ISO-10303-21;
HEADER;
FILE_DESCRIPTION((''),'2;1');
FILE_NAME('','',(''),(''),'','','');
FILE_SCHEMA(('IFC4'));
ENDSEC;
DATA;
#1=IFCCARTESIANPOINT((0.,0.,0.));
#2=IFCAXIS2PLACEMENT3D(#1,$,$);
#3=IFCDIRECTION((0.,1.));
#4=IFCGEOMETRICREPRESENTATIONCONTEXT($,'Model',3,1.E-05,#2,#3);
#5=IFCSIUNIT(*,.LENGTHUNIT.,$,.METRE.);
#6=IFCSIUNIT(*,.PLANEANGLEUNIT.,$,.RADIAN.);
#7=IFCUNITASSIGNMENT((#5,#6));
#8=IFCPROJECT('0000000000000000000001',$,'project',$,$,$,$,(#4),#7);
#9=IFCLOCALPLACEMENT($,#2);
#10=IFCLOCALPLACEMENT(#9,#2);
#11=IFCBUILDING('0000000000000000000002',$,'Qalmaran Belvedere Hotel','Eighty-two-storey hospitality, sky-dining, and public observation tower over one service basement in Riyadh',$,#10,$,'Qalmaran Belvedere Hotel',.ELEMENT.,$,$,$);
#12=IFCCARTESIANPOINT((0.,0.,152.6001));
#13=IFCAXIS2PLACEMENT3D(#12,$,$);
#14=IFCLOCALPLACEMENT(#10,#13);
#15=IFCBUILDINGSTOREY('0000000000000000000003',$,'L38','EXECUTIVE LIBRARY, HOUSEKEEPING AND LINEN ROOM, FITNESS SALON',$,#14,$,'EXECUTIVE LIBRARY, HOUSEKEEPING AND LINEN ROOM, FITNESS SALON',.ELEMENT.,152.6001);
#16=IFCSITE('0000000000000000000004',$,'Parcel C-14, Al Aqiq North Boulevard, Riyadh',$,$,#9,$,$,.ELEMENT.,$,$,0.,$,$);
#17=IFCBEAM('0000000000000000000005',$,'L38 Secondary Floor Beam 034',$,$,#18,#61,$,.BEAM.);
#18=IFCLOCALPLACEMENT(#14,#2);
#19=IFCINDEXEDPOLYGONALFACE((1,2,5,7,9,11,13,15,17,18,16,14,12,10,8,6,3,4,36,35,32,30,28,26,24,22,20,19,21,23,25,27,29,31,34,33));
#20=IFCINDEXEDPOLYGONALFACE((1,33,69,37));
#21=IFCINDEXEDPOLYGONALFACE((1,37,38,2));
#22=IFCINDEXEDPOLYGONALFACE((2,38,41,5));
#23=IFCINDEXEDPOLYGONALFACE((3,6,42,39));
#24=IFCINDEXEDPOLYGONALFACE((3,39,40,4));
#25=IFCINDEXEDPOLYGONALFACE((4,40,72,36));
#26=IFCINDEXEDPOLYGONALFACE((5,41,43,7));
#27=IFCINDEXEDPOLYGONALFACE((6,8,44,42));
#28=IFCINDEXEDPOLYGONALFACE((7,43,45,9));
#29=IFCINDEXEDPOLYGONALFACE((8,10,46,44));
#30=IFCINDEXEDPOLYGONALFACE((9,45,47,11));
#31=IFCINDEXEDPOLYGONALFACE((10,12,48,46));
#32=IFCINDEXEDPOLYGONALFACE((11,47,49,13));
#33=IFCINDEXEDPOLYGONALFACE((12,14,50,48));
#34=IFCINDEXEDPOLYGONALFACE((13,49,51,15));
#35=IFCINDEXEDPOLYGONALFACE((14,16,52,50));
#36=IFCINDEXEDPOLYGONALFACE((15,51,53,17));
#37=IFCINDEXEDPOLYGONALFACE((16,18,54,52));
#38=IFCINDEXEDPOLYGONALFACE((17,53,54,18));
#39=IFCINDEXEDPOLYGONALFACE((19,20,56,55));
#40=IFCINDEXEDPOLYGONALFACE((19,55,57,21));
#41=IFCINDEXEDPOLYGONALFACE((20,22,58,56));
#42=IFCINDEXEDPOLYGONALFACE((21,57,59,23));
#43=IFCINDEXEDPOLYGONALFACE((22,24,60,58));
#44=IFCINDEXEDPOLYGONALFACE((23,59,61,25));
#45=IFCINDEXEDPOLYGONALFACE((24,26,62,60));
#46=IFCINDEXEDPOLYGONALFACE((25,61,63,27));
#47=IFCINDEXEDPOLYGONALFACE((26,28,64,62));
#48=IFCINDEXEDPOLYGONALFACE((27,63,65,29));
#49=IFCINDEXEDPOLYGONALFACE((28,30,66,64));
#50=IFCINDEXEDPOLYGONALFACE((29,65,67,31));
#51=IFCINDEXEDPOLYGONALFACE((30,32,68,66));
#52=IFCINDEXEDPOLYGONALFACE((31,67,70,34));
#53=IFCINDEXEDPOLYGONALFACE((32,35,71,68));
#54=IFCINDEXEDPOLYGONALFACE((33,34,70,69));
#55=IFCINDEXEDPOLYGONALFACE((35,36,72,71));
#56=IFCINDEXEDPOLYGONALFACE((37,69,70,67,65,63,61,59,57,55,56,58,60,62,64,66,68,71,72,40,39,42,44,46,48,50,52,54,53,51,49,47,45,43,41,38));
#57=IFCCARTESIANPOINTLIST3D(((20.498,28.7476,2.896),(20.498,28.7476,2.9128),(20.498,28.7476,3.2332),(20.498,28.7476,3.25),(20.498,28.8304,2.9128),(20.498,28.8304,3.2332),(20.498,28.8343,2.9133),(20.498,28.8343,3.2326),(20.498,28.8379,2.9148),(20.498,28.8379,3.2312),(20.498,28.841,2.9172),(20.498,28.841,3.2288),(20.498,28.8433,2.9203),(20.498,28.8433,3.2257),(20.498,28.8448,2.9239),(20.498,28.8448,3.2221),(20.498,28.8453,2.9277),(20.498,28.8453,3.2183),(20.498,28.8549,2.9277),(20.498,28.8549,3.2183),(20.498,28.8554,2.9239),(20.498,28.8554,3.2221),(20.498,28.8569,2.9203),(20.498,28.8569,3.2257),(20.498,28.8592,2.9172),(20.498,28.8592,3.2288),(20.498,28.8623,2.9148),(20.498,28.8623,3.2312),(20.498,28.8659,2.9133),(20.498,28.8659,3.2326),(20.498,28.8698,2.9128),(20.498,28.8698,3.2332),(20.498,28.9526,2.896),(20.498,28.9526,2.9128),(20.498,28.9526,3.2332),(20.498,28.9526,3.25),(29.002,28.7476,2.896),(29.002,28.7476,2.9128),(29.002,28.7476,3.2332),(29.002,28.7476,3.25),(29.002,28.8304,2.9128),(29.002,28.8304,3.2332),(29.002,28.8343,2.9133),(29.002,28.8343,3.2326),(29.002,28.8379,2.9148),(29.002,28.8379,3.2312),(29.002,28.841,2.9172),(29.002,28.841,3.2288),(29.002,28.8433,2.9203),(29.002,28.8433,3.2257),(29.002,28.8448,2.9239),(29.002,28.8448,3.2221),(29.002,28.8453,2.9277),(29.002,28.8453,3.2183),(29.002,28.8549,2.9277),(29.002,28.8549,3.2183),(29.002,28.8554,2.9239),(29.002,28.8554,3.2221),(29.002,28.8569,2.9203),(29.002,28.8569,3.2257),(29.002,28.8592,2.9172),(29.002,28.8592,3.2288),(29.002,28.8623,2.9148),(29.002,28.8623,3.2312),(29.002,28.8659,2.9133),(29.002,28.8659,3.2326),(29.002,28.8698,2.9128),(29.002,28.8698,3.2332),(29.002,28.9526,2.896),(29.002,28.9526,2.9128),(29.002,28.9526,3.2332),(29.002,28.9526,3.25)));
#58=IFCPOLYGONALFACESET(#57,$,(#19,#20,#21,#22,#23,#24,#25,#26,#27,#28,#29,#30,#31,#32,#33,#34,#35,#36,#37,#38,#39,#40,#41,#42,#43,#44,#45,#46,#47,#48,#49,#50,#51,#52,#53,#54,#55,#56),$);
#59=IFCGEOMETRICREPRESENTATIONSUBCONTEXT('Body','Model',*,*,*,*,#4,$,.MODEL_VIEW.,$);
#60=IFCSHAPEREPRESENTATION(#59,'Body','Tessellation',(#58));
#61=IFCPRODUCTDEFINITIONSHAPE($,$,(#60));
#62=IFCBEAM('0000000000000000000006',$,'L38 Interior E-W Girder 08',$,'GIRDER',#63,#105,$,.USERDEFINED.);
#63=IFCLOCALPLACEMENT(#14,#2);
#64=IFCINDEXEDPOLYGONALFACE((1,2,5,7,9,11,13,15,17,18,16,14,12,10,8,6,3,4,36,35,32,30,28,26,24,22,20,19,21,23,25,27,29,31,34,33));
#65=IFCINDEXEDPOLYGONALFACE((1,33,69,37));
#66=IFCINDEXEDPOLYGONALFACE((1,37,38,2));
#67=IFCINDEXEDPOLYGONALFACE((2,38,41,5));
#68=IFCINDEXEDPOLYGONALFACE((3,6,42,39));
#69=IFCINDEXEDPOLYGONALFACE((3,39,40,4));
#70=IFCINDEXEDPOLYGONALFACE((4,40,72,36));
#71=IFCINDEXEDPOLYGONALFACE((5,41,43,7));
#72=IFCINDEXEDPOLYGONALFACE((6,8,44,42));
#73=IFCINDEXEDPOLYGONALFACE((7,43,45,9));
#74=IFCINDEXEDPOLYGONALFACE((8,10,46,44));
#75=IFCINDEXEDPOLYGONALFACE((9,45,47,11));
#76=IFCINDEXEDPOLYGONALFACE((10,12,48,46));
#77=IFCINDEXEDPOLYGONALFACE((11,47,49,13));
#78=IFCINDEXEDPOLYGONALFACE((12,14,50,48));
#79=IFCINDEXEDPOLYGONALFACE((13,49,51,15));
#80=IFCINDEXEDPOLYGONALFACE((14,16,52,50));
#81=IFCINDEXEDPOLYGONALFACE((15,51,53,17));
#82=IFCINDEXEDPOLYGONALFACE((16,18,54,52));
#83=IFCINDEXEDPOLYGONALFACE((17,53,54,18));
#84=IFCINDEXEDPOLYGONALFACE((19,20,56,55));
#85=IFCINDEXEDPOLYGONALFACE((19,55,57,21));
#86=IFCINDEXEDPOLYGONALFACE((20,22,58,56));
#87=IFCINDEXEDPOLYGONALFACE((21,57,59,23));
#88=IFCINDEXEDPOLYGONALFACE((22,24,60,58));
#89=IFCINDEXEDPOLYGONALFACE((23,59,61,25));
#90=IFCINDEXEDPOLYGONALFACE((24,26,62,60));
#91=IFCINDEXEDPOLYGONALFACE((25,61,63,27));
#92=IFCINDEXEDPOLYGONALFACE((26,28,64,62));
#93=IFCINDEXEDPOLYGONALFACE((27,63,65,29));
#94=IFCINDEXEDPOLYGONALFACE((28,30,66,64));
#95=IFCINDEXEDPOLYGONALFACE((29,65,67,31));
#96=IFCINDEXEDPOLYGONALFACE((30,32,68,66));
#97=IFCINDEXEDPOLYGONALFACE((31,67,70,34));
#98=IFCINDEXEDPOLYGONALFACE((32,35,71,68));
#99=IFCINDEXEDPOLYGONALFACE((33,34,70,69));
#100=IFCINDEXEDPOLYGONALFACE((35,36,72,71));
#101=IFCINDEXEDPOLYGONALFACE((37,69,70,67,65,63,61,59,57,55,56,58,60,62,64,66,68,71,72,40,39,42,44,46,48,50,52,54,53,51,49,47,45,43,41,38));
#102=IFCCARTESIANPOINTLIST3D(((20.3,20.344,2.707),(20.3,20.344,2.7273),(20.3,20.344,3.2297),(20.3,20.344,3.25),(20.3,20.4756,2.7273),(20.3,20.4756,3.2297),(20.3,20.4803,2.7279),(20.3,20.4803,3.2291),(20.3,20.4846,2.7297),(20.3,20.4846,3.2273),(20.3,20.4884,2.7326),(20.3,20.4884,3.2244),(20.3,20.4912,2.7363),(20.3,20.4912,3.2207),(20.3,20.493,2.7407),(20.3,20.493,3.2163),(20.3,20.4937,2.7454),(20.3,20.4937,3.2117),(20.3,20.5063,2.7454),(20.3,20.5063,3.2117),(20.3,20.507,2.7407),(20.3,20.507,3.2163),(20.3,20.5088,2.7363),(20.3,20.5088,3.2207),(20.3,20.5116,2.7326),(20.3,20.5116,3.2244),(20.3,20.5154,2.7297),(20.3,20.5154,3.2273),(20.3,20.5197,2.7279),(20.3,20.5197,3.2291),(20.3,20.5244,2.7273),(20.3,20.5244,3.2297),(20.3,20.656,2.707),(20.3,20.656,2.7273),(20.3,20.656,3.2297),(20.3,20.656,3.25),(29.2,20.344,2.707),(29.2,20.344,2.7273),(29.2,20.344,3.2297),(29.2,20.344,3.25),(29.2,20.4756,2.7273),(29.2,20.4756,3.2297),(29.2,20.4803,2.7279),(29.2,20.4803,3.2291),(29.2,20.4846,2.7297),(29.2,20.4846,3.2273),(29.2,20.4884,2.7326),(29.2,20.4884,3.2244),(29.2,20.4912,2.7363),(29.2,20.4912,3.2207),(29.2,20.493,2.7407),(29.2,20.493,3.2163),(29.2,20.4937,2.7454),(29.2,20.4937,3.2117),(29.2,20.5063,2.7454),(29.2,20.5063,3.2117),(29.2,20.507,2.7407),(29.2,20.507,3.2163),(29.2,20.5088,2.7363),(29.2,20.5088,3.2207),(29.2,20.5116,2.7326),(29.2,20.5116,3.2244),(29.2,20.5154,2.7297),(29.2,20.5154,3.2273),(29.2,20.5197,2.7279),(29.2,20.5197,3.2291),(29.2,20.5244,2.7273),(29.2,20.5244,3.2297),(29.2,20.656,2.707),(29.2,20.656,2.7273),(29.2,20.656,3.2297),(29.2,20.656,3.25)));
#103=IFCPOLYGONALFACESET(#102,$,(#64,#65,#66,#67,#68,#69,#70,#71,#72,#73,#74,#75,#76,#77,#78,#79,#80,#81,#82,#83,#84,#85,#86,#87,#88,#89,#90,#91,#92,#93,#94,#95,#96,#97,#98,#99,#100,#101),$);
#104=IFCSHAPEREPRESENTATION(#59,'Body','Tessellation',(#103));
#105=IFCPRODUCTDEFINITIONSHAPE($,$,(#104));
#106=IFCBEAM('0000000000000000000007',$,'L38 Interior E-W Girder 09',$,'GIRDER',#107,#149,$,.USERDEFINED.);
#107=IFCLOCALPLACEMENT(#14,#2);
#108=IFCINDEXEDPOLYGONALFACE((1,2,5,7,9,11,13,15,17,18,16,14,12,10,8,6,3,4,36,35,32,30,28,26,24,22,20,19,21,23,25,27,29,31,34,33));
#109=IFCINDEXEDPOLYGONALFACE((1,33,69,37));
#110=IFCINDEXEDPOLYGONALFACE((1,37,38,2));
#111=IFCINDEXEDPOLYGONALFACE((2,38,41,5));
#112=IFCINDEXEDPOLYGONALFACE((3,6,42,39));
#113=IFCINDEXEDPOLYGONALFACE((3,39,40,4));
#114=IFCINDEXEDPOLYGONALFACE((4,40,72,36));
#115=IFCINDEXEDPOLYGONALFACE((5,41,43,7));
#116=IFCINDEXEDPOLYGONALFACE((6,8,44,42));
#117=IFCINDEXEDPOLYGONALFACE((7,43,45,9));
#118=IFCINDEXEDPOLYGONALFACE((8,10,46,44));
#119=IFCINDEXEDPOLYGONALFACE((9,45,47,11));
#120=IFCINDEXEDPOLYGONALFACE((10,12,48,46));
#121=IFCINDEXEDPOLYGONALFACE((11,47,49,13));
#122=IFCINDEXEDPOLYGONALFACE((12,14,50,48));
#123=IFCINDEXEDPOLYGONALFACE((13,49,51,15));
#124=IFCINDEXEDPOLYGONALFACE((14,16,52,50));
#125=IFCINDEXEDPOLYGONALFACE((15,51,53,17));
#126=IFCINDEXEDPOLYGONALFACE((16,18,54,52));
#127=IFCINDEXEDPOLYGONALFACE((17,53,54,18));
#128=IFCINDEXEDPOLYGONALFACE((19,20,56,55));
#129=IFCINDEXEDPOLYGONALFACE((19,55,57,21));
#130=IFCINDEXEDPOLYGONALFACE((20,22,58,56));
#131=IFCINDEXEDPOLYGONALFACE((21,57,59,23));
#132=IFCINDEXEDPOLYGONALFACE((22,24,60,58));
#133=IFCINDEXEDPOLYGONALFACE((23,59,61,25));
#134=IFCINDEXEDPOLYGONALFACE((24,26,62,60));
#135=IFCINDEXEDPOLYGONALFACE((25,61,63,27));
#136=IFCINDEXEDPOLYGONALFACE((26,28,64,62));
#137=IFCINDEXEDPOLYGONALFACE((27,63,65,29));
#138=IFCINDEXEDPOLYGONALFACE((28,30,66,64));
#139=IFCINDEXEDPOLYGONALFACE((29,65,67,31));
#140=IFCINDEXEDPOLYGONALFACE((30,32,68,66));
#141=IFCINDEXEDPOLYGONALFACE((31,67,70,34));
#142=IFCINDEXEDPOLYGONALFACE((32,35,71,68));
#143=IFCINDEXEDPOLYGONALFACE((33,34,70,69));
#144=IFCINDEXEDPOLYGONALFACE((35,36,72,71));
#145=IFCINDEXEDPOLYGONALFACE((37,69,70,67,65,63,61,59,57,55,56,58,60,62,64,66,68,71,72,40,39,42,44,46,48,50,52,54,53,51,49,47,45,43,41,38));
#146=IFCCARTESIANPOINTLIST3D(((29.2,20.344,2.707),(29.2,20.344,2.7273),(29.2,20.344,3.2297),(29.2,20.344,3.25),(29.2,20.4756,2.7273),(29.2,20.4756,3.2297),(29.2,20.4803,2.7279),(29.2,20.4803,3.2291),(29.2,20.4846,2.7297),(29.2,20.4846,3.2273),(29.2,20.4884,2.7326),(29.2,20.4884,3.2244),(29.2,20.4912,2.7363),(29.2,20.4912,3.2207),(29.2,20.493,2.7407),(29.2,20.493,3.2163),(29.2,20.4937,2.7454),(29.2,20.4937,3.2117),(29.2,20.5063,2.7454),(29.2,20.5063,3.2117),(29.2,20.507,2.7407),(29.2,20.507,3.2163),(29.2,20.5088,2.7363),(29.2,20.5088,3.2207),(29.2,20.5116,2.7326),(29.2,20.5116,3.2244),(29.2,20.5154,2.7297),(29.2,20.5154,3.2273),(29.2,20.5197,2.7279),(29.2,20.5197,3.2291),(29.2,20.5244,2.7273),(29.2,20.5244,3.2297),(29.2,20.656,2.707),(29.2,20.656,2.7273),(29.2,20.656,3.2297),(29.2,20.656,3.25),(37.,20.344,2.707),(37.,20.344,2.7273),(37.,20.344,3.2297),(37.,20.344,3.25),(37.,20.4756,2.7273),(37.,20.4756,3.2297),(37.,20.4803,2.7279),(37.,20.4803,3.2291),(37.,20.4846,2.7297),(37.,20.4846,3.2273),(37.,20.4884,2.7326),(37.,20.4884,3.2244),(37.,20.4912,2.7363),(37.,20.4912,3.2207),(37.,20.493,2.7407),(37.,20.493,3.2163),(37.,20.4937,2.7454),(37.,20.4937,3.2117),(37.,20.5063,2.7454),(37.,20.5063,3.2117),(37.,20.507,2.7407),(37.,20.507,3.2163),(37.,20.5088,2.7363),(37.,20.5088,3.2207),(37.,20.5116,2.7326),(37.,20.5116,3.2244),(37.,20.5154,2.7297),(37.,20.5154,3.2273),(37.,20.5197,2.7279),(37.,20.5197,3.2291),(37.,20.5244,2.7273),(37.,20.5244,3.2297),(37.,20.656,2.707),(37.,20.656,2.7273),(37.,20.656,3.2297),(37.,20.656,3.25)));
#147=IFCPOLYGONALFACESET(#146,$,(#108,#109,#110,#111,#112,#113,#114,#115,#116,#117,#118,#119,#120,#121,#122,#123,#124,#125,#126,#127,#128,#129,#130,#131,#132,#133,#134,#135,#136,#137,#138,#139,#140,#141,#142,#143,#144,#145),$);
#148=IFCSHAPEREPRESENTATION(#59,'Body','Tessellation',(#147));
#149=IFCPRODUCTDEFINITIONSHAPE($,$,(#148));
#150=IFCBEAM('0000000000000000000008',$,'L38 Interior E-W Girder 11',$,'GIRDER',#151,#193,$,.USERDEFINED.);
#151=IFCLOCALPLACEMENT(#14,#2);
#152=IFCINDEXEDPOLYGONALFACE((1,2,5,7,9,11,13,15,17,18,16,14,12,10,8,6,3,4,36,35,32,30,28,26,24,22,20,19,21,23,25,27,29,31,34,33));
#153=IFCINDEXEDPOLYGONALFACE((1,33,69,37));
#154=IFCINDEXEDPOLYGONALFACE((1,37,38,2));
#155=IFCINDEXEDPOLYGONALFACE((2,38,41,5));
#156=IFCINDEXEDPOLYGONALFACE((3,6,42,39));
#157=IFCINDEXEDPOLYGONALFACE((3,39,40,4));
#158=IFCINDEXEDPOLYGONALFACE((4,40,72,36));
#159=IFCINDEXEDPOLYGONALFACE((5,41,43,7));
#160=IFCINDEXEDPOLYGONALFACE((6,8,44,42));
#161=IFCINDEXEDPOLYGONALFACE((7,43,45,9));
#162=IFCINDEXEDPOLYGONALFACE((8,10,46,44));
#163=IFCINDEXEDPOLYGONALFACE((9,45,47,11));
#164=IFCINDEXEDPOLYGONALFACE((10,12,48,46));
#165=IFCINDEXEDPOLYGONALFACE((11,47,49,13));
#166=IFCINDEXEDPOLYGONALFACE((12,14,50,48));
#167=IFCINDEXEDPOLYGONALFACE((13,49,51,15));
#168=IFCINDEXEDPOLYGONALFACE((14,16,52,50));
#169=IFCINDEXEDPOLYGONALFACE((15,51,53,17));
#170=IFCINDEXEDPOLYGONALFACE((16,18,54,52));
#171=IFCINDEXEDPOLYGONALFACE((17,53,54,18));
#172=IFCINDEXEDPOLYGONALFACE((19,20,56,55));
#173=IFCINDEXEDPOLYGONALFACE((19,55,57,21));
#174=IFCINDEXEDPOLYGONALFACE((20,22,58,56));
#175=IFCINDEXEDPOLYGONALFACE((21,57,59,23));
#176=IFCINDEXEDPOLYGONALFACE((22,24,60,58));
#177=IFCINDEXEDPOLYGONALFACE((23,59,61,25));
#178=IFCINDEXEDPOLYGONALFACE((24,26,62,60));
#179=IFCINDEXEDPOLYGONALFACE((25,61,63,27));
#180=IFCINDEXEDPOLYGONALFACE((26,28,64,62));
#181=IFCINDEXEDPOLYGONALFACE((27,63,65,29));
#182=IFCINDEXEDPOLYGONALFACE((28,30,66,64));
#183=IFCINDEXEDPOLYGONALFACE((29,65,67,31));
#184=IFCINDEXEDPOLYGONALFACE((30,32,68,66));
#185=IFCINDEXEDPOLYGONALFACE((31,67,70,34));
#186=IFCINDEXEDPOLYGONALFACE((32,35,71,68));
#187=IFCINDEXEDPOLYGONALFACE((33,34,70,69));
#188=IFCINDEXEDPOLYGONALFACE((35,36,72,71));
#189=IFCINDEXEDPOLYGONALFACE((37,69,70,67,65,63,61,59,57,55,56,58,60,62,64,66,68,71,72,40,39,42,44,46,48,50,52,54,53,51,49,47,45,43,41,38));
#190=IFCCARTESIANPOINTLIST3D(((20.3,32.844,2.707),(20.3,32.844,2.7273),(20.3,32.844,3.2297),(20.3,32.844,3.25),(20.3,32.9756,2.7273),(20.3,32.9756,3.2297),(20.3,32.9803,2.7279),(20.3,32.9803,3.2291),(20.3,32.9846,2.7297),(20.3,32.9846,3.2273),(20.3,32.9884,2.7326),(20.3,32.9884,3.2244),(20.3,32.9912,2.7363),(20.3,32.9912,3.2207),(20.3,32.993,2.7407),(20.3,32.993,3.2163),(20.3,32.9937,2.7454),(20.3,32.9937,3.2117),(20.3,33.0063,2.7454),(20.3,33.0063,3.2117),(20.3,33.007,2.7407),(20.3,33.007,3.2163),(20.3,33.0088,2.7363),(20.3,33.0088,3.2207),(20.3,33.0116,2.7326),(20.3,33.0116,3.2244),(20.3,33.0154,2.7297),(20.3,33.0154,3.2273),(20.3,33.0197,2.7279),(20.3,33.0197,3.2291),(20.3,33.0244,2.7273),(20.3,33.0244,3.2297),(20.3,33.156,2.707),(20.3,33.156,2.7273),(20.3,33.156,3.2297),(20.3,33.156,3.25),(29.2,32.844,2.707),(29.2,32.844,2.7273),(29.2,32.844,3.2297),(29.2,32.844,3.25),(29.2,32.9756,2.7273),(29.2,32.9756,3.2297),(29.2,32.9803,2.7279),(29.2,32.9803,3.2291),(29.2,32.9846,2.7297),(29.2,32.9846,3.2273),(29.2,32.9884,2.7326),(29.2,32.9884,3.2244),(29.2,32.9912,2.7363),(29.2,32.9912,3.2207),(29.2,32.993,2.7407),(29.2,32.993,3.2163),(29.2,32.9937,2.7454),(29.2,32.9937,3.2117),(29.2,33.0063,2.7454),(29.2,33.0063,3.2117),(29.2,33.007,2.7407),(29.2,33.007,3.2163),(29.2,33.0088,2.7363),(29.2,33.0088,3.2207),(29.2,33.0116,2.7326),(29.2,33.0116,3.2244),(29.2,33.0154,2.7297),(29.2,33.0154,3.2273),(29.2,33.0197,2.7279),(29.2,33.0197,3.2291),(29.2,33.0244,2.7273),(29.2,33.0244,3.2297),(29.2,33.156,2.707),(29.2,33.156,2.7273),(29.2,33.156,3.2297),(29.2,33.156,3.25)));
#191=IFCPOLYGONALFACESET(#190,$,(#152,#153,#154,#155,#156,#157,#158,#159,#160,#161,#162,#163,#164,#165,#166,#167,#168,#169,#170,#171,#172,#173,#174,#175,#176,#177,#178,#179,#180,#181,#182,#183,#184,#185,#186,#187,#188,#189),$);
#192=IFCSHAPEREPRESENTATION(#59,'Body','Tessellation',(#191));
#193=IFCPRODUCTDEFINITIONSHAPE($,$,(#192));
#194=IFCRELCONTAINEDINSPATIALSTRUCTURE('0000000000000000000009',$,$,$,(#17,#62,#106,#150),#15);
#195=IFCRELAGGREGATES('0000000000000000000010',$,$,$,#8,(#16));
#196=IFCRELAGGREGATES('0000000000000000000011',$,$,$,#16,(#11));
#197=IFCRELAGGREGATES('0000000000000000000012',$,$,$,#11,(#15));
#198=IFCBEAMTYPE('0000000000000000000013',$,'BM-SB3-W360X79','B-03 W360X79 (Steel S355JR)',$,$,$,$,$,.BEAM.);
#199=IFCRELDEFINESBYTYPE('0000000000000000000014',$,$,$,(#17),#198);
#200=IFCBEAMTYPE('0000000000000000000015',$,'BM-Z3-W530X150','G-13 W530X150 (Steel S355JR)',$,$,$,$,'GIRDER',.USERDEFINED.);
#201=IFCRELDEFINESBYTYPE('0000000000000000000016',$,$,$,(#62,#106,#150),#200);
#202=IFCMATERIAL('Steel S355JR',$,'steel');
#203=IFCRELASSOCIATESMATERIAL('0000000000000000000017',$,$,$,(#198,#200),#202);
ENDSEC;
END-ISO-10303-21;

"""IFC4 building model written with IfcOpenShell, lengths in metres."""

from ifc_helpers import new_model, si_unit, direction, frame, origin, origin_2d, place, context, subcontext, project, spatial, i_section, extrude, material, material_profile, profile_set, type_object, element, save


model = new_model("IFC4")

# Units and contexts
model_context = context("Model", 3, precision=1e-05, world=origin(), true_north=direction((0.0, 1.0)))
body_context = subcontext(model_context, "Body", "Model", "MODEL_VIEW")
ifc_project = project(units=[si_unit("LENGTHUNIT", "METRE"), si_unit("PLANEANGLEUNIT", "RADIAN")], contexts=[model_context])

# Site, building, storey
site_placement = place(None, origin())
site = spatial("IfcSite", under=ifc_project, at=site_placement, Name="Parcel C-14, Al Aqiq North Boulevard, Riyadh", CompositionType="ELEMENT", RefElevation=0.0)
building_placement = place(site_placement, origin())
building = spatial("IfcBuilding", under=site, at=building_placement, Name="Qalmaran Belvedere Hotel", Description="Eighty-two-storey hospitality, sky-dining, and public observation tower over one service basement in Riyadh", LongName="Qalmaran Belvedere Hotel", CompositionType="ELEMENT")
storey_placement = place(building_placement, frame((0.0, 0.0, 152.6001)))
storey = spatial("IfcBuildingStorey", under=building, at=storey_placement, Name="L38", Description="EXECUTIVE LIBRARY, HOUSEKEEPING AND LINEN ROOM, FITNESS SALON", LongName="EXECUTIVE LIBRARY, HOUSEKEEPING AND LINEN ROOM, FITNESS SALON", CompositionType="ELEMENT", Elevation=152.6001)

# Beams
ifc_material_1 = material(Name="Steel S355JR", Category="steel")
ifc_material_profile_1 = material_profile(ifc_material_1, i_section(OverallWidth=0.2051, OverallDepth=0.354, WebThickness=0.0095, FlangeThickness=0.0168, FilletRadius=0.0149, at=origin_2d()), Name="W360X79")
ifc_profile_set_1 = profile_set([ifc_material_profile_1], Name="Steel S355JR")
beam_type_1 = type_object("IfcBeamType", Name="BM-SB3-W360X79", Description="B-03 W360X79 (Steel S355JR)", PredefinedType="BEAM", material=ifc_profile_set_1)
for number, where, z_axis, x_axis, name in (
    (1, (20.498, 28.8501, 3.073), (1.0, 0.0, 0.0), (0.0, 1.0, 0.0), "L38 Secondary Floor Beam 034"),
):
    element("IfcBeam", number, at=place(storey_placement, frame(where, z_axis=z_axis, x_axis=x_axis)), inside=storey, type_object=beam_type_1, Name=name, PredefinedType="BEAM", context=body_context, shape_type="SweptSolid", body=[
        extrude(i_section(OverallWidth=0.2051, OverallDepth=0.354, WebThickness=0.0095, FlangeThickness=0.0168, FilletRadius=0.0149, at=origin_2d()), origin(), (0.0, 0.0, 1.0), 8.5039),
    ])
ifc_material_profile_2 = material_profile(ifc_material_1, i_section(OverallWidth=0.312, OverallDepth=0.543, WebThickness=0.0127, FlangeThickness=0.0203, FilletRadius=0.0181, at=origin_2d()), Name="W530X150")
ifc_profile_set_2 = profile_set([ifc_material_profile_2], Name="Steel S355JR")
beam_type_2 = type_object("IfcBeamType", Name="BM-Z3-W530X150", Description="G-13 W530X150 (Steel S355JR)", ElementType="GIRDER", PredefinedType="USERDEFINED", material=ifc_profile_set_2)
beam_1_placement = place(storey_placement, frame((20.3, 20.5, 2.9785), z_axis=(1.0, 0.0, 0.0), x_axis=(0.0, 1.0, 0.0)))
element("IfcBeam", 2, at=beam_1_placement, inside=storey, type_object=beam_type_2, Name="L38 Interior E-W Girder 08", ObjectType="GIRDER", PredefinedType="USERDEFINED", context=body_context, shape_type="SweptSolid", body=[
    extrude(i_section(OverallWidth=0.312, OverallDepth=0.543, WebThickness=0.0127, FlangeThickness=0.0203, FilletRadius=0.0181, at=origin_2d()), origin(), (0.0, 0.0, 1.0), 8.8999),
])
beam_2_placement = place(storey_placement, frame((29.2, 20.5, 2.9785), z_axis=(1.0, 0.0, 0.0), x_axis=(0.0, 1.0, 0.0)))
element("IfcBeam", 3, at=beam_2_placement, inside=storey, type_object=beam_type_2, Name="L38 Interior E-W Girder 09", ObjectType="GIRDER", PredefinedType="USERDEFINED", context=body_context, shape_type="SweptSolid", body=[
    extrude(i_section(OverallWidth=0.312, OverallDepth=0.543, WebThickness=0.0127, FlangeThickness=0.0203, FilletRadius=0.0181, at=origin_2d()), origin(), (0.0, 0.0, 1.0), 7.8),
])
beam_3_placement = place(storey_placement, frame((20.3, 33.0, 2.9785), z_axis=(1.0, 0.0, 0.0), x_axis=(0.0, 1.0, 0.0)))
element("IfcBeam", 4, at=beam_3_placement, inside=storey, type_object=beam_type_2, Name="L38 Interior E-W Girder 11", ObjectType="GIRDER", PredefinedType="USERDEFINED", context=body_context, shape_type="SweptSolid", body=[
    extrude(i_section(OverallWidth=0.312, OverallDepth=0.543, WebThickness=0.0127, FlangeThickness=0.0203, FilletRadius=0.0181, at=origin_2d()), origin(), (0.0, 0.0, 1.0), 8.8999),
])

save(model, "model.ifc")
